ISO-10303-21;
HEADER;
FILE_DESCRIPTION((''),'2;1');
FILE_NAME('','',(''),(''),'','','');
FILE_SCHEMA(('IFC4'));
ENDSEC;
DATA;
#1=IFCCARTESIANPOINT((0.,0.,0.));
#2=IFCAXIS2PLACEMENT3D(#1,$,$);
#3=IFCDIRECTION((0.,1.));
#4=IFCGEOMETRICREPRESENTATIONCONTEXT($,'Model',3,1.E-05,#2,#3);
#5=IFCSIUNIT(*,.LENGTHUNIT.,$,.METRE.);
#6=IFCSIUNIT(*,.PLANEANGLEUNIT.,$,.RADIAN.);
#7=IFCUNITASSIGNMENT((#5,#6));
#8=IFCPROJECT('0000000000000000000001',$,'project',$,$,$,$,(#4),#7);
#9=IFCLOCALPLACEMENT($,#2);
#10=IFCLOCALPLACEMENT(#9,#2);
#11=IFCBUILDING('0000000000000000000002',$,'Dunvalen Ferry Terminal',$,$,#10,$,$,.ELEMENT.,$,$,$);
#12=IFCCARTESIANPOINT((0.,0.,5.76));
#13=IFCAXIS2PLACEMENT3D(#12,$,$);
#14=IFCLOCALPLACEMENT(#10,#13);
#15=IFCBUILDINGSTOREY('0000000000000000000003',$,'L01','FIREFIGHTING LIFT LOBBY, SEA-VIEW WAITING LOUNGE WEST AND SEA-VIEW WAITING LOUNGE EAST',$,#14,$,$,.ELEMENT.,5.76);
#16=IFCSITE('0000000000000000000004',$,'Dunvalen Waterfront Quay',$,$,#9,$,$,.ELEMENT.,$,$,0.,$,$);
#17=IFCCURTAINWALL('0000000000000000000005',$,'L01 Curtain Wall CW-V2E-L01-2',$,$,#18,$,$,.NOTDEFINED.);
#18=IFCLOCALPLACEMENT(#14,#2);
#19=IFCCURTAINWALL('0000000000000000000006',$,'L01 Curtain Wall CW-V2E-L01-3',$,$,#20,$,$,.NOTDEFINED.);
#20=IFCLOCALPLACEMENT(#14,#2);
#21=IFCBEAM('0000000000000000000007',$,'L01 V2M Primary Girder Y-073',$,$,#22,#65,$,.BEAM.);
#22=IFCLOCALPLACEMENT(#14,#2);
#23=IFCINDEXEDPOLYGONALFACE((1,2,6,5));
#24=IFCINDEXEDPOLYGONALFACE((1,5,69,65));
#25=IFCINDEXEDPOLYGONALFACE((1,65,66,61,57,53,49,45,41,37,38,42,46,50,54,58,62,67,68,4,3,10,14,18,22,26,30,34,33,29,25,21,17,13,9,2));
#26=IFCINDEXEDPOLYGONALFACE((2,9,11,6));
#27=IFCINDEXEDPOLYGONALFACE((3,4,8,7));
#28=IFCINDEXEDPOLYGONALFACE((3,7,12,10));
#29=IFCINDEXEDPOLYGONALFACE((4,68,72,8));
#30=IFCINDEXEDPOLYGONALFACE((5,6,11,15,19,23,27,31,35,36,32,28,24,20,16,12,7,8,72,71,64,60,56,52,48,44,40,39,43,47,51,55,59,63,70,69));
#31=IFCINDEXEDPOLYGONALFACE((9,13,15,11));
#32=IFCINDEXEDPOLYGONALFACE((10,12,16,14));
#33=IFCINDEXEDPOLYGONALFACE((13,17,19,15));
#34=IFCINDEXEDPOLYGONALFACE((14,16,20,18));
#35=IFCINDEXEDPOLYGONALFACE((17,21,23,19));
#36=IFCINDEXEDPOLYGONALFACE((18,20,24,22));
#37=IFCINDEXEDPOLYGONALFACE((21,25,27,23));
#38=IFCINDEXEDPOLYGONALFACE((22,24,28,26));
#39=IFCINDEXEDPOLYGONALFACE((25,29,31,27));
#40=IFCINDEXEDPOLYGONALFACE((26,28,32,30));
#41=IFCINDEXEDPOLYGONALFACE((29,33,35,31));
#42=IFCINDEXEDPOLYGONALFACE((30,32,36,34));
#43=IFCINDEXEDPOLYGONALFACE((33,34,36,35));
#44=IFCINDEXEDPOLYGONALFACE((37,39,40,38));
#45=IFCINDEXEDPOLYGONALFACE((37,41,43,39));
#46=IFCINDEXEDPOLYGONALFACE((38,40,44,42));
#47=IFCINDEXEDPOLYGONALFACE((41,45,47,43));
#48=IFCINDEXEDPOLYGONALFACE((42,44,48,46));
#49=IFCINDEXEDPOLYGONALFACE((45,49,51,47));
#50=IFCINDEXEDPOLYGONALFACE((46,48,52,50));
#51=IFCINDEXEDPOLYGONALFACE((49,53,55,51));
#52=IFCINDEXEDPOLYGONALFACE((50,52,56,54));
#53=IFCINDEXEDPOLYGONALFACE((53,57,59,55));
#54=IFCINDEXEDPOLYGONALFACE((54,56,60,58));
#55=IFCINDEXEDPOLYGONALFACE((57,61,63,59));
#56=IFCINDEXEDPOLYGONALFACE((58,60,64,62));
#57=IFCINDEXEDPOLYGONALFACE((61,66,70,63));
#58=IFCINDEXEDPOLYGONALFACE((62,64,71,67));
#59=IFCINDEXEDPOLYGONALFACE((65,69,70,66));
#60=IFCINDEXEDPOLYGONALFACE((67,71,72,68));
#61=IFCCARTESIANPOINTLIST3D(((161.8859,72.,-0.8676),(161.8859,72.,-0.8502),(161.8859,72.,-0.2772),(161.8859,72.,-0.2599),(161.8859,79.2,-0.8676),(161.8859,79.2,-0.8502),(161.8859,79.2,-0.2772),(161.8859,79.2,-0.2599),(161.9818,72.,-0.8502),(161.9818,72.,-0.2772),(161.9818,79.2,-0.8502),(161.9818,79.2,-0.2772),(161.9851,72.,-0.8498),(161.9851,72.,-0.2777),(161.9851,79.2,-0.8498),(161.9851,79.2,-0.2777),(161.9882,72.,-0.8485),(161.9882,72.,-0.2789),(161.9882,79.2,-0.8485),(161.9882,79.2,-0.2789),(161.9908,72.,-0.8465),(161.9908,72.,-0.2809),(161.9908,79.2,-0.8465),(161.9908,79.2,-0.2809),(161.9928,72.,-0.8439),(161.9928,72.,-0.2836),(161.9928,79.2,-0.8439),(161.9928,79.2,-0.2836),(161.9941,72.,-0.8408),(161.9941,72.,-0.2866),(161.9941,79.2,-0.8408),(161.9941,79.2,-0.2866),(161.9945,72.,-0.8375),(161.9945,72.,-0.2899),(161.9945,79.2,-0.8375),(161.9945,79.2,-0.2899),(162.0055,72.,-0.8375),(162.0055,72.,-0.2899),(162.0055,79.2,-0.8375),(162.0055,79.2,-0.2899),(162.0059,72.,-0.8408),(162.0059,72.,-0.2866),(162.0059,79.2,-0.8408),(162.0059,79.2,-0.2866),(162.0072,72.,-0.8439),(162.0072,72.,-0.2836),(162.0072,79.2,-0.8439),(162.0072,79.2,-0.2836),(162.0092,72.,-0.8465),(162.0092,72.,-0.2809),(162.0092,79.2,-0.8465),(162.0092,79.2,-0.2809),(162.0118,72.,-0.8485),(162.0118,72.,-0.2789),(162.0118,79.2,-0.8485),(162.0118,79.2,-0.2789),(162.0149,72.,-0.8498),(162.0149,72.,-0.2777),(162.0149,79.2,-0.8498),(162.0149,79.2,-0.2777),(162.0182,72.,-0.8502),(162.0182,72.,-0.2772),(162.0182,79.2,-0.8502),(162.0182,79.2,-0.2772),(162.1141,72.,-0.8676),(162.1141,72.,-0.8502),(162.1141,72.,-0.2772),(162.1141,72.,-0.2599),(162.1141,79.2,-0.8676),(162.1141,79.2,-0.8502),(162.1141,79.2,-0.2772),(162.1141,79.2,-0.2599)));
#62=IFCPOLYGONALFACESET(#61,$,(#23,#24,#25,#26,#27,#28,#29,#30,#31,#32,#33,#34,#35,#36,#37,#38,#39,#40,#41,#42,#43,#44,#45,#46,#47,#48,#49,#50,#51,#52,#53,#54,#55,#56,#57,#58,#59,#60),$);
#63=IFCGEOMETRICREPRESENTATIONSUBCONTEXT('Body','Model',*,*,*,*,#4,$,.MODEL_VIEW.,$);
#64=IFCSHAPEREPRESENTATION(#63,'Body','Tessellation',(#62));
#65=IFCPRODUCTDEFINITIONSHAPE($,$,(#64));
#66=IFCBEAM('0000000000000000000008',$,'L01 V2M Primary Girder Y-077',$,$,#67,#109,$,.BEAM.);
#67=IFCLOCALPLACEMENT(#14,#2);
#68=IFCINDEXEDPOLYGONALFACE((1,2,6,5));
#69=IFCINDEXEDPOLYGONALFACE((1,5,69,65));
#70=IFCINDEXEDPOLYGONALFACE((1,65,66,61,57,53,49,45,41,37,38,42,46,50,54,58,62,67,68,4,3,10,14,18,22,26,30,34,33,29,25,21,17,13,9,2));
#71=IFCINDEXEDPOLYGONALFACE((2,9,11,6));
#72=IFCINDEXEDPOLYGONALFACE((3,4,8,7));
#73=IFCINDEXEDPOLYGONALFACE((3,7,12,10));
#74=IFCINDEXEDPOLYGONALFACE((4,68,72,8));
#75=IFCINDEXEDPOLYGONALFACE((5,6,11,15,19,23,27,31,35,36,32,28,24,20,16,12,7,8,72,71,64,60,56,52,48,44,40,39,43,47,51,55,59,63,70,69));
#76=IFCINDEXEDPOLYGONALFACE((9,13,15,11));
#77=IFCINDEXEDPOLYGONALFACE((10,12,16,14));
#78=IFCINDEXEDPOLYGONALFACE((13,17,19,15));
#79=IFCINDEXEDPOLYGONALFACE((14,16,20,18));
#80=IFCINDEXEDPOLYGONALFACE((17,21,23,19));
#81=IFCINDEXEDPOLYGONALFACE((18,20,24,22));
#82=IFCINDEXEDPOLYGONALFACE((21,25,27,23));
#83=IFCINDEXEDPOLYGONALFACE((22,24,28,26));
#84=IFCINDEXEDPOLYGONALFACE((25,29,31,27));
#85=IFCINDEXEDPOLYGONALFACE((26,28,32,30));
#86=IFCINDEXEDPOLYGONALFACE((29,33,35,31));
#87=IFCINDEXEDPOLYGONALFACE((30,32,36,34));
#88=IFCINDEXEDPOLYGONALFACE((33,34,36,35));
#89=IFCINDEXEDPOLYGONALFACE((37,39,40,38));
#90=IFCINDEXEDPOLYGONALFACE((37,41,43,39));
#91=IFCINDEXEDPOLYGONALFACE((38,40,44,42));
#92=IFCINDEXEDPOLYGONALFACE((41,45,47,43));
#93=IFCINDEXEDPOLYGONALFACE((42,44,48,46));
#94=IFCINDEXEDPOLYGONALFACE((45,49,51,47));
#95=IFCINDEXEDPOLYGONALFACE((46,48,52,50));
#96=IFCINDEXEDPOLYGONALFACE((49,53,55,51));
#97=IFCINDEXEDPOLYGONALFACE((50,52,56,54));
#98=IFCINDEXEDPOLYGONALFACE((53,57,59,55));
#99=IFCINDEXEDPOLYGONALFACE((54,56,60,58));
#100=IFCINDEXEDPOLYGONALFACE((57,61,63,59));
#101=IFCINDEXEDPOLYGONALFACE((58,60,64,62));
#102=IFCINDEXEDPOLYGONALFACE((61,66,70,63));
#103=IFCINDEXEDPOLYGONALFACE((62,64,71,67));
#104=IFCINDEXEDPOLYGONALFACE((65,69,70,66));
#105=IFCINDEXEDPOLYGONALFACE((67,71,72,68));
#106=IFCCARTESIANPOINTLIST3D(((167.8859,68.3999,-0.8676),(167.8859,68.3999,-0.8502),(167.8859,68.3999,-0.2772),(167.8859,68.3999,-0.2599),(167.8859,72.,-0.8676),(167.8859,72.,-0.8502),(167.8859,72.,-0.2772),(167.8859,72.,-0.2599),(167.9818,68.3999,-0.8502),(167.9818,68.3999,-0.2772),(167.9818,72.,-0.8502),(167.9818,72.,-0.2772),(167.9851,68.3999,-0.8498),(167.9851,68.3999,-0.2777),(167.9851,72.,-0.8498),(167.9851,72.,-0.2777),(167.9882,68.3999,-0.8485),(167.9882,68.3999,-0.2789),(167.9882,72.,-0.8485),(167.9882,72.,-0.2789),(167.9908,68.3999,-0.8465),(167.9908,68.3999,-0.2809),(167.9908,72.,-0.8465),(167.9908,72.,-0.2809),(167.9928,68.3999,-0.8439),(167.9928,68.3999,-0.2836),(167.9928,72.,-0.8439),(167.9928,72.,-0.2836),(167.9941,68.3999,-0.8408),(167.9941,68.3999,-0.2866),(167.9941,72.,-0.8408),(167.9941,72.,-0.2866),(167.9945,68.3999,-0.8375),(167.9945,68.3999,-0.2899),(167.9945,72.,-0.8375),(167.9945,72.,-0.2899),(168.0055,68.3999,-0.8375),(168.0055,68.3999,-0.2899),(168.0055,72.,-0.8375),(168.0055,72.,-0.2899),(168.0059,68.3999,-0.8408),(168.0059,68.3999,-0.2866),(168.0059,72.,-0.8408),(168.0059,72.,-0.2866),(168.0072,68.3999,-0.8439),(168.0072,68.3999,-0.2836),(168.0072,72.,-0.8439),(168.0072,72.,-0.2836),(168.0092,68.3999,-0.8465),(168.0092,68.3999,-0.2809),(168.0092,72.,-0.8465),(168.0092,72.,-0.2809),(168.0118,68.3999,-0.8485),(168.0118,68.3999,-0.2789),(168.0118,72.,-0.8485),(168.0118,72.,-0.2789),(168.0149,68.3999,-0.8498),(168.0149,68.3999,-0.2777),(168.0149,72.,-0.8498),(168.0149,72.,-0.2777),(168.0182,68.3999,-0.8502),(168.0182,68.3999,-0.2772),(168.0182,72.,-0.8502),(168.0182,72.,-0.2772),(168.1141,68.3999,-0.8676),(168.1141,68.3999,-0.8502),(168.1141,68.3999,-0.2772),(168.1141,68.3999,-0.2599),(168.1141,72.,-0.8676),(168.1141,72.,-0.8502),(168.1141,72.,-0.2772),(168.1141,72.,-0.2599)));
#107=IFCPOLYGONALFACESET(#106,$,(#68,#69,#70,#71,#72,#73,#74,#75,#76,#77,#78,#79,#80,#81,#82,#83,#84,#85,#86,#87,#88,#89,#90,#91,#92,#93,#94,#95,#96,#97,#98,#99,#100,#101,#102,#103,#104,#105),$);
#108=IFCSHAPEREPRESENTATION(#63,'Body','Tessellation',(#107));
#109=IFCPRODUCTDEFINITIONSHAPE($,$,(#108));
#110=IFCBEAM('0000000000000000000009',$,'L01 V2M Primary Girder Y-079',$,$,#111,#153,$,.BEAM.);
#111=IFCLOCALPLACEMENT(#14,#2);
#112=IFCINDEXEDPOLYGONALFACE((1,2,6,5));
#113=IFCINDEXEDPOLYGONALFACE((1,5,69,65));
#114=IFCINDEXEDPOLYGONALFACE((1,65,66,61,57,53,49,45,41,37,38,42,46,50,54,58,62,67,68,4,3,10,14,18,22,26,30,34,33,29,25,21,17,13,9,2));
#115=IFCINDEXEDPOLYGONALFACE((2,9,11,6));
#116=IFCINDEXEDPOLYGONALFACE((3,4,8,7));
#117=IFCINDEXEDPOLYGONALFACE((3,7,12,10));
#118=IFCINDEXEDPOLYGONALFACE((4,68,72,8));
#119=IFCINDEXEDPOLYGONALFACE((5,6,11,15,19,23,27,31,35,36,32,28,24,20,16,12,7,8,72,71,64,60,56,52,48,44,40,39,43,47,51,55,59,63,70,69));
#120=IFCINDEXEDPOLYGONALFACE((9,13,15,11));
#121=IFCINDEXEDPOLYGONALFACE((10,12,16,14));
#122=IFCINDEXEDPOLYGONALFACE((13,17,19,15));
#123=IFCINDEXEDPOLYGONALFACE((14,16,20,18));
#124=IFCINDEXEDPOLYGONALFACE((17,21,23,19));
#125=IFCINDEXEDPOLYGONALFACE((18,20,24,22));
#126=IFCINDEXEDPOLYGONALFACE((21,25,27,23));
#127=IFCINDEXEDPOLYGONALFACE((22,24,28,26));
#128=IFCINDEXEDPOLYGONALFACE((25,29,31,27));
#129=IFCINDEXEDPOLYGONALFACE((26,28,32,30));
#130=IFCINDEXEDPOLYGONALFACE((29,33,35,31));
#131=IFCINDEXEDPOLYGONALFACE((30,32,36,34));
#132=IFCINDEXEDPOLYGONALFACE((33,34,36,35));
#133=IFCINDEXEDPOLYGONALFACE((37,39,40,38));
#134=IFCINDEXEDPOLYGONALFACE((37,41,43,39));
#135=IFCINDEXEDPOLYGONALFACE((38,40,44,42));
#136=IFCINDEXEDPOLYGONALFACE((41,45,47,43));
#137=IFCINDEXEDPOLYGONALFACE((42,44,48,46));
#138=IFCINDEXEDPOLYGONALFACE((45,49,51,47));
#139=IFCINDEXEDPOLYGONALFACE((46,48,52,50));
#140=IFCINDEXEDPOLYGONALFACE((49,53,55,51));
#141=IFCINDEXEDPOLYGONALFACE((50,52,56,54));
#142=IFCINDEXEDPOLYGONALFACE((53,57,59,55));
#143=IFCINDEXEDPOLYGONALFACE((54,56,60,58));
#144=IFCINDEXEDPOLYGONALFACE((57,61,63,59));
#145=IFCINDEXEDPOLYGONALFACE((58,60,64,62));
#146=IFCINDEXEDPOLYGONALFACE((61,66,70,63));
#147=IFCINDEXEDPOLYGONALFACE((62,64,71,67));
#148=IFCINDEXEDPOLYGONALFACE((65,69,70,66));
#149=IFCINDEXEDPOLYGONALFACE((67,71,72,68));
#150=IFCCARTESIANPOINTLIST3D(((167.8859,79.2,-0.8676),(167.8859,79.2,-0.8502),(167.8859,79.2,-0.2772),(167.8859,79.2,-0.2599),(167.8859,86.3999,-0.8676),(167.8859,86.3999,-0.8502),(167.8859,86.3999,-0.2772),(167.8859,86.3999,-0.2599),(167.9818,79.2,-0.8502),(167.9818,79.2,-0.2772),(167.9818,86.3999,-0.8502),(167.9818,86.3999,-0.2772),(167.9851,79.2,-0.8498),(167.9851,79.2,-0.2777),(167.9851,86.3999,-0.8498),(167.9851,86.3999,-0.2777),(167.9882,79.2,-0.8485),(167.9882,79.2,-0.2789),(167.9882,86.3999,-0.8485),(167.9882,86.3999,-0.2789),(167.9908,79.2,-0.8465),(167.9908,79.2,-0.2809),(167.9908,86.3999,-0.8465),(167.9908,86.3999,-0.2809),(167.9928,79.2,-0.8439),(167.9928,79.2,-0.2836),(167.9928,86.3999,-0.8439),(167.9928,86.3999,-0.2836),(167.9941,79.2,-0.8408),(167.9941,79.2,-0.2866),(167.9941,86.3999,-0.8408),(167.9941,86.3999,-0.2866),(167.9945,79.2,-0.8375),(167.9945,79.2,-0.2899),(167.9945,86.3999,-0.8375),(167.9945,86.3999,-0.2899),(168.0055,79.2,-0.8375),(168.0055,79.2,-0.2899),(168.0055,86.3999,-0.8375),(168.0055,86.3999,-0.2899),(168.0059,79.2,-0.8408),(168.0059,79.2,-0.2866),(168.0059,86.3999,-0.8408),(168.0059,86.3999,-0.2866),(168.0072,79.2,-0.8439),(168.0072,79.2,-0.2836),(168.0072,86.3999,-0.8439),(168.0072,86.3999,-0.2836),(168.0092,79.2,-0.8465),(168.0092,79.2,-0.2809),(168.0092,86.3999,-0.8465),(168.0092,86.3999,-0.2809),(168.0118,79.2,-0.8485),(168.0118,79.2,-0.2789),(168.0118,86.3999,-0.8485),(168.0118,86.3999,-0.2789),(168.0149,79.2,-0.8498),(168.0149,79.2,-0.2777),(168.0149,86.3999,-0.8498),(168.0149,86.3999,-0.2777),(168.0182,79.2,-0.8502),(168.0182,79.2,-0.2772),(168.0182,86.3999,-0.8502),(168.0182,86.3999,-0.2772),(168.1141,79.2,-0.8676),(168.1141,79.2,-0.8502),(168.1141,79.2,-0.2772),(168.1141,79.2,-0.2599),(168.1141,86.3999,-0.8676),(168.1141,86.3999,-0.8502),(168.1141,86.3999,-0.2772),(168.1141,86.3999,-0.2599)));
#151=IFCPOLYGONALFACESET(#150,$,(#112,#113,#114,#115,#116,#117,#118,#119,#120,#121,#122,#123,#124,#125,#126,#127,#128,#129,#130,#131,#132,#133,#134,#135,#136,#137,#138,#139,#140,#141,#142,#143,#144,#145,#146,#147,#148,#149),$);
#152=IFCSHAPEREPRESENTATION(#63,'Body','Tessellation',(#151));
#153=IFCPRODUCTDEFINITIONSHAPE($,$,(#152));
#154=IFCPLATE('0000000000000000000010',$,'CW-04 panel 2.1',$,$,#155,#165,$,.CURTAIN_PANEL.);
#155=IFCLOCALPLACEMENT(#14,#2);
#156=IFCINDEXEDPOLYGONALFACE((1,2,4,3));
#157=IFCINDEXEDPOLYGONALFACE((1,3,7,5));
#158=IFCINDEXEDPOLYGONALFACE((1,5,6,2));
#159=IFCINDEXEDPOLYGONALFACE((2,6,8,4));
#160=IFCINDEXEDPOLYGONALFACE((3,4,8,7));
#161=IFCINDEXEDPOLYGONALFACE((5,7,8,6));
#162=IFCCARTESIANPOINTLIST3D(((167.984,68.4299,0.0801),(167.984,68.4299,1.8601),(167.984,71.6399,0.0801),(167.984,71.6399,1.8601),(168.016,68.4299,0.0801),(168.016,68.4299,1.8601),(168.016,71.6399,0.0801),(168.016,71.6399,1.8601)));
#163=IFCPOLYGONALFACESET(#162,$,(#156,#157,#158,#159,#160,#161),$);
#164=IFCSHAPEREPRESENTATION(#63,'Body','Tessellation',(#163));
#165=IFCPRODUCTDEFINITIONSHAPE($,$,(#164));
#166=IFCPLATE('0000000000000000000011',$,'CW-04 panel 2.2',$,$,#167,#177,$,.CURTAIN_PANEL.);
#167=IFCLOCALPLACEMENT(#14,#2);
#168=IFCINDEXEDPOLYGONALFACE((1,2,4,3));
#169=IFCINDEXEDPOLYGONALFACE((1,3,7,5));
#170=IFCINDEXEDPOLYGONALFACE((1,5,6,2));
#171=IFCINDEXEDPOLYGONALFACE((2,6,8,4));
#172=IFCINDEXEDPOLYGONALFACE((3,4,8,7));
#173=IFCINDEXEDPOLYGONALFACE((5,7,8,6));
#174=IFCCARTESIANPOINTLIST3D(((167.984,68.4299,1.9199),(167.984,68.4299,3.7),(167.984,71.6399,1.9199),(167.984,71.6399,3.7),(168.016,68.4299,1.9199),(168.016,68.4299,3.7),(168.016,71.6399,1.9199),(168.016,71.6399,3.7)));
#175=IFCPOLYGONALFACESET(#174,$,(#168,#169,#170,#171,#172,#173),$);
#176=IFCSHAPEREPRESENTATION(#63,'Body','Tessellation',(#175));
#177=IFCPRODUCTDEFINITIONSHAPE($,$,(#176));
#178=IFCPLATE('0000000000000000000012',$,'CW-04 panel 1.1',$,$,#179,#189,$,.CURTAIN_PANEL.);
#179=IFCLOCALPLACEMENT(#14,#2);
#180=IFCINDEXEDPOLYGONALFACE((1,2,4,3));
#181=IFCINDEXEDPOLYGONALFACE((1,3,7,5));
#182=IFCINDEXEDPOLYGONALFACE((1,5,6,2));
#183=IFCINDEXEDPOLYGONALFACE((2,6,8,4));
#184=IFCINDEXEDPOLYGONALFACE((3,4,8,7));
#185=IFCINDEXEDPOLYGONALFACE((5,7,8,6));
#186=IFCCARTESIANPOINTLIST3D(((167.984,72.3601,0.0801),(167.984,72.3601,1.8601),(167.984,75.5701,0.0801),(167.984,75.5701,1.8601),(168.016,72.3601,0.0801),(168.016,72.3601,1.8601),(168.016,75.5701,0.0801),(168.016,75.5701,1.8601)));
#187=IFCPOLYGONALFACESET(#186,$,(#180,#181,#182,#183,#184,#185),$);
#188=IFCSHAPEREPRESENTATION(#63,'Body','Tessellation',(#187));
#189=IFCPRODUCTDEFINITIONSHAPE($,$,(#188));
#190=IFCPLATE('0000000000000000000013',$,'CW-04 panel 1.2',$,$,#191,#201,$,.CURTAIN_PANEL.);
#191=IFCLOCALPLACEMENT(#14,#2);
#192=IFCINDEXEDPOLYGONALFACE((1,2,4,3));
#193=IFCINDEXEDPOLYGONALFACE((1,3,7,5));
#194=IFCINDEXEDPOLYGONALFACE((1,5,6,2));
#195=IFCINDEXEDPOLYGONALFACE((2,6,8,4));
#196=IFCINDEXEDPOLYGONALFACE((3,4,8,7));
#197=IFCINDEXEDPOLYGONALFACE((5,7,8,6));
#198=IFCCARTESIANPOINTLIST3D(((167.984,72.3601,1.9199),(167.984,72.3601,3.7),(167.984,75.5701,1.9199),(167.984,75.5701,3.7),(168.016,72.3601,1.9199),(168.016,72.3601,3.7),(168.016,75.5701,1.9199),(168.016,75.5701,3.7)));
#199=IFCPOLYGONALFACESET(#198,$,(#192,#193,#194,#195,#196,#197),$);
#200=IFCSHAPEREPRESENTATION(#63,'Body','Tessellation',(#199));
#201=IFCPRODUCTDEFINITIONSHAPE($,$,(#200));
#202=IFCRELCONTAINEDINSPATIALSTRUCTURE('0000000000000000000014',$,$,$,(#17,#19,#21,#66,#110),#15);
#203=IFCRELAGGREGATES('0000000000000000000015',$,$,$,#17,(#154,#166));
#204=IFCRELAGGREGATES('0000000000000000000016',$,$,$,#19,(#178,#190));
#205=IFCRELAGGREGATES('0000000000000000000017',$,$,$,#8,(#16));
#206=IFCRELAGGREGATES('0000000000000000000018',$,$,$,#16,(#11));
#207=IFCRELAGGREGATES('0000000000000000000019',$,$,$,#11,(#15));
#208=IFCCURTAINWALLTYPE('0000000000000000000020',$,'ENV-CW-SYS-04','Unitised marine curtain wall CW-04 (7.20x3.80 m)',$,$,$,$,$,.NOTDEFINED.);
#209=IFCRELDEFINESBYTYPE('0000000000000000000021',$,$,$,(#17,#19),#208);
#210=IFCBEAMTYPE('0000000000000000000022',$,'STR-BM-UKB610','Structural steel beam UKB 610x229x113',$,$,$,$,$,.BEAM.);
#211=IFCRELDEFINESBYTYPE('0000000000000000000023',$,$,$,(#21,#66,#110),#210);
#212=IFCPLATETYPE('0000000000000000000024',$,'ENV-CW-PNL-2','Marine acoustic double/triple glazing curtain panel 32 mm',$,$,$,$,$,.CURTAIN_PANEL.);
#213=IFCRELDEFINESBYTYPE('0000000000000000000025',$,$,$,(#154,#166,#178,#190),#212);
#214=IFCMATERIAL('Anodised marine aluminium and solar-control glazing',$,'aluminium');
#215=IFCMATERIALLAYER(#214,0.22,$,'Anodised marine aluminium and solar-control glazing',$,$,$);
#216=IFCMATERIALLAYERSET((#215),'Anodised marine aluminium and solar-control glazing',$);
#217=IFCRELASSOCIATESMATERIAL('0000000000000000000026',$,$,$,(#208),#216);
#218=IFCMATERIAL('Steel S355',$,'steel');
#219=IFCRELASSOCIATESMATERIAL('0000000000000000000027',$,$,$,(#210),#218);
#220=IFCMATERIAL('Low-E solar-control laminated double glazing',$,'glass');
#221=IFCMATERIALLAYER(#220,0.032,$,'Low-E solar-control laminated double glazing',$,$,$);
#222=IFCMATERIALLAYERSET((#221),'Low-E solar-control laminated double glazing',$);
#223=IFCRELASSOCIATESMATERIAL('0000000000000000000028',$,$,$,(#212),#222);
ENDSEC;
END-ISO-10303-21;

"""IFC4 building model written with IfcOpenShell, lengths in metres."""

from ifc_helpers import new_model, si_unit, direction, frame, origin, origin_2d, place, context, subcontext, project, spatial, rectangle, i_section, extrude, material, layer, layer_set, material_profile, profile_set, type_object, element, aggregate, save


model = new_model("IFC4")

# Units and contexts
model_context = context("Model", 3, precision=1e-05, world=origin(), true_north=direction((0.0, 1.0)))
body_context = subcontext(model_context, "Body", "Model", "MODEL_VIEW")
ifc_project = project(units=[si_unit("LENGTHUNIT", "METRE"), si_unit("PLANEANGLEUNIT", "RADIAN")], contexts=[model_context])

# Site, building, storey
site_placement = place(None, origin())
site = spatial("IfcSite", under=ifc_project, at=site_placement, Name="Dunvalen Waterfront Quay", CompositionType="ELEMENT", RefElevation=0.0)
building_placement = place(site_placement, origin())
building = spatial("IfcBuilding", under=site, at=building_placement, Name="Dunvalen Ferry Terminal", CompositionType="ELEMENT")
storey_placement = place(building_placement, frame((0.0, 0.0, 5.76)))
storey = spatial("IfcBuildingStorey", under=building, at=storey_placement, Name="L01", Description="FIREFIGHTING LIFT LOBBY, SEA-VIEW WAITING LOUNGE WEST AND SEA-VIEW WAITING LOUNGE EAST", CompositionType="ELEMENT", Elevation=5.76)

# Curtain walls
ifc_material_1 = material(Name="Anodised marine aluminium and solar-control glazing", Category="aluminium")
ifc_layer_1 = layer(ifc_material_1, 0.22, Name="Anodised marine aluminium and solar-control glazing")
ifc_layer_set_1 = layer_set([ifc_layer_1], Name="Anodised marine aluminium and solar-control glazing")
curtain_wall_type = type_object("IfcCurtainWallType", Name="ENV-CW-SYS-04", Description="Unitised marine curtain wall CW-04 (7.20x3.80 m)", PredefinedType="NOTDEFINED", material=ifc_layer_set_1)
curtain_wall_1_placement = place(storey_placement, origin())
curtain_wall_1 = element("IfcCurtainWall", 1, at=curtain_wall_1_placement, inside=storey, type_object=curtain_wall_type, Name="L01 Curtain Wall CW-V2E-L01-2", PredefinedType="NOTDEFINED")
curtain_wall_2_placement = place(storey_placement, origin())
curtain_wall_2 = element("IfcCurtainWall", 2, at=curtain_wall_2_placement, inside=storey, type_object=curtain_wall_type, Name="L01 Curtain Wall CW-V2E-L01-3", PredefinedType="NOTDEFINED")

# Beams
ifc_material_2 = material(Name="Steel S355", Category="steel")
ifc_material_profile_1 = material_profile(ifc_material_2, i_section(OverallWidth=0.2283, OverallDepth=0.6077, WebThickness=0.011, FlangeThickness=0.0173, FilletRadius=0.0127, at=origin_2d()), Name="Steel S355")
ifc_profile_set_1 = profile_set([ifc_material_profile_1], Name="Steel S355")
beam_type_1 = type_object("IfcBeamType", Name="STR-BM-UKB610", Description="Structural steel beam UKB 610x229x113", PredefinedType="BEAM", material=ifc_profile_set_1)
for number, where, z_axis, x_axis, name in (
    (3, (162.0, 72.0, -0.5637), (0.0, 1.0, 0.0), (-1.0, 0.0, 0.0), "L01 V2M Primary Girder Y-073"),
):
    element("IfcBeam", number, at=place(storey_placement, frame(where, z_axis=z_axis, x_axis=x_axis)), inside=storey, type_object=beam_type_1, Name=name, PredefinedType="BEAM", context=body_context, shape_type="SweptSolid", body=[
        extrude(i_section(OverallWidth=0.2283, OverallDepth=0.6077, WebThickness=0.011, FlangeThickness=0.0173, FilletRadius=0.0127, at=origin_2d()), origin(), (0.0, 0.0, 1.0), 7.2),
    ])
beam_1_placement = place(storey_placement, frame((168.0, 68.3999, -0.5637), z_axis=(0.0, 1.0, 0.0), x_axis=(-1.0, 0.0, 0.0)))
element("IfcBeam", 4, at=beam_1_placement, inside=storey, type_object=beam_type_1, Name="L01 V2M Primary Girder Y-077", PredefinedType="BEAM", context=body_context, shape_type="SweptSolid", body=[
    extrude(i_section(OverallWidth=0.2283, OverallDepth=0.6077, WebThickness=0.011, FlangeThickness=0.0173, FilletRadius=0.0127, at=origin_2d()), origin(), (0.0, 0.0, 1.0), 3.6001),
])
beam_2_placement = place(storey_placement, frame((168.0, 79.2, -0.5637), z_axis=(0.0, 1.0, 0.0), x_axis=(-1.0, 0.0, 0.0)))
element("IfcBeam", 5, at=beam_2_placement, inside=storey, type_object=beam_type_1, Name="L01 V2M Primary Girder Y-079", PredefinedType="BEAM", context=body_context, shape_type="SweptSolid", body=[
    extrude(i_section(OverallWidth=0.2283, OverallDepth=0.6077, WebThickness=0.011, FlangeThickness=0.0173, FilletRadius=0.0127, at=origin_2d()), origin(), (0.0, 0.0, 1.0), 7.2),
])

# Plates
ifc_material_3 = material(Name="Low-E solar-control laminated double glazing", Category="glass")
ifc_layer_2 = layer(ifc_material_3, 0.032, Name="Low-E solar-control laminated double glazing")
ifc_layer_set_2 = layer_set([ifc_layer_2], Name="Low-E solar-control laminated double glazing")
plate_type = type_object("IfcPlateType", Name="ENV-CW-PNL-2", Description="Marine acoustic double/triple glazing curtain panel 32 mm", PredefinedType="CURTAIN_PANEL", material=ifc_layer_set_2)
plate_1_placement = place(storey_placement, frame((168.0, 70.0349, 0.0801), z_axis=(0.0, 0.0, 1.0), x_axis=(0.0, 1.0, 0.0)))
plate_1 = element("IfcPlate", 6, at=plate_1_placement, type_object=plate_type, Name="CW-04 panel 2.1", PredefinedType="CURTAIN_PANEL", context=body_context, shape_type="SweptSolid", body=[
    extrude(rectangle(XDim=3.21, YDim=0.032, at=origin_2d()), origin(), (0.0, 0.0, 1.0), 1.78),
])
plate_2_placement = place(storey_placement, frame((168.0, 70.0349, 1.9199), z_axis=(0.0, 0.0, 1.0), x_axis=(0.0, 1.0, 0.0)))
plate_2 = element("IfcPlate", 7, at=plate_2_placement, type_object=plate_type, Name="CW-04 panel 2.2", PredefinedType="CURTAIN_PANEL", context=body_context, shape_type="SweptSolid", body=[
    extrude(rectangle(XDim=3.21, YDim=0.032, at=origin_2d()), origin(), (0.0, 0.0, 1.0), 1.78),
])
aggregate(curtain_wall_1, [plate_1, plate_2])
plate_3_placement = place(storey_placement, frame((168.0, 73.9651, 0.0801), z_axis=(0.0, 0.0, 1.0), x_axis=(0.0, 1.0, 0.0)))
plate_3 = element("IfcPlate", 8, at=plate_3_placement, type_object=plate_type, Name="CW-04 panel 1.1", PredefinedType="CURTAIN_PANEL", context=body_context, shape_type="SweptSolid", body=[
    extrude(rectangle(XDim=3.21, YDim=0.032, at=origin_2d()), origin(), (0.0, 0.0, 1.0), 1.78),
])
plate_4_placement = place(storey_placement, frame((168.0, 73.9651, 1.9199), z_axis=(0.0, 0.0, 1.0), x_axis=(0.0, 1.0, 0.0)))
plate_4 = element("IfcPlate", 9, at=plate_4_placement, type_object=plate_type, Name="CW-04 panel 1.2", PredefinedType="CURTAIN_PANEL", context=body_context, shape_type="SweptSolid", body=[
    extrude(rectangle(XDim=3.21, YDim=0.032, at=origin_2d()), origin(), (0.0, 0.0, 1.0), 1.78),
])
aggregate(curtain_wall_2, [plate_3, plate_4])

save(model, "model.ifc")
